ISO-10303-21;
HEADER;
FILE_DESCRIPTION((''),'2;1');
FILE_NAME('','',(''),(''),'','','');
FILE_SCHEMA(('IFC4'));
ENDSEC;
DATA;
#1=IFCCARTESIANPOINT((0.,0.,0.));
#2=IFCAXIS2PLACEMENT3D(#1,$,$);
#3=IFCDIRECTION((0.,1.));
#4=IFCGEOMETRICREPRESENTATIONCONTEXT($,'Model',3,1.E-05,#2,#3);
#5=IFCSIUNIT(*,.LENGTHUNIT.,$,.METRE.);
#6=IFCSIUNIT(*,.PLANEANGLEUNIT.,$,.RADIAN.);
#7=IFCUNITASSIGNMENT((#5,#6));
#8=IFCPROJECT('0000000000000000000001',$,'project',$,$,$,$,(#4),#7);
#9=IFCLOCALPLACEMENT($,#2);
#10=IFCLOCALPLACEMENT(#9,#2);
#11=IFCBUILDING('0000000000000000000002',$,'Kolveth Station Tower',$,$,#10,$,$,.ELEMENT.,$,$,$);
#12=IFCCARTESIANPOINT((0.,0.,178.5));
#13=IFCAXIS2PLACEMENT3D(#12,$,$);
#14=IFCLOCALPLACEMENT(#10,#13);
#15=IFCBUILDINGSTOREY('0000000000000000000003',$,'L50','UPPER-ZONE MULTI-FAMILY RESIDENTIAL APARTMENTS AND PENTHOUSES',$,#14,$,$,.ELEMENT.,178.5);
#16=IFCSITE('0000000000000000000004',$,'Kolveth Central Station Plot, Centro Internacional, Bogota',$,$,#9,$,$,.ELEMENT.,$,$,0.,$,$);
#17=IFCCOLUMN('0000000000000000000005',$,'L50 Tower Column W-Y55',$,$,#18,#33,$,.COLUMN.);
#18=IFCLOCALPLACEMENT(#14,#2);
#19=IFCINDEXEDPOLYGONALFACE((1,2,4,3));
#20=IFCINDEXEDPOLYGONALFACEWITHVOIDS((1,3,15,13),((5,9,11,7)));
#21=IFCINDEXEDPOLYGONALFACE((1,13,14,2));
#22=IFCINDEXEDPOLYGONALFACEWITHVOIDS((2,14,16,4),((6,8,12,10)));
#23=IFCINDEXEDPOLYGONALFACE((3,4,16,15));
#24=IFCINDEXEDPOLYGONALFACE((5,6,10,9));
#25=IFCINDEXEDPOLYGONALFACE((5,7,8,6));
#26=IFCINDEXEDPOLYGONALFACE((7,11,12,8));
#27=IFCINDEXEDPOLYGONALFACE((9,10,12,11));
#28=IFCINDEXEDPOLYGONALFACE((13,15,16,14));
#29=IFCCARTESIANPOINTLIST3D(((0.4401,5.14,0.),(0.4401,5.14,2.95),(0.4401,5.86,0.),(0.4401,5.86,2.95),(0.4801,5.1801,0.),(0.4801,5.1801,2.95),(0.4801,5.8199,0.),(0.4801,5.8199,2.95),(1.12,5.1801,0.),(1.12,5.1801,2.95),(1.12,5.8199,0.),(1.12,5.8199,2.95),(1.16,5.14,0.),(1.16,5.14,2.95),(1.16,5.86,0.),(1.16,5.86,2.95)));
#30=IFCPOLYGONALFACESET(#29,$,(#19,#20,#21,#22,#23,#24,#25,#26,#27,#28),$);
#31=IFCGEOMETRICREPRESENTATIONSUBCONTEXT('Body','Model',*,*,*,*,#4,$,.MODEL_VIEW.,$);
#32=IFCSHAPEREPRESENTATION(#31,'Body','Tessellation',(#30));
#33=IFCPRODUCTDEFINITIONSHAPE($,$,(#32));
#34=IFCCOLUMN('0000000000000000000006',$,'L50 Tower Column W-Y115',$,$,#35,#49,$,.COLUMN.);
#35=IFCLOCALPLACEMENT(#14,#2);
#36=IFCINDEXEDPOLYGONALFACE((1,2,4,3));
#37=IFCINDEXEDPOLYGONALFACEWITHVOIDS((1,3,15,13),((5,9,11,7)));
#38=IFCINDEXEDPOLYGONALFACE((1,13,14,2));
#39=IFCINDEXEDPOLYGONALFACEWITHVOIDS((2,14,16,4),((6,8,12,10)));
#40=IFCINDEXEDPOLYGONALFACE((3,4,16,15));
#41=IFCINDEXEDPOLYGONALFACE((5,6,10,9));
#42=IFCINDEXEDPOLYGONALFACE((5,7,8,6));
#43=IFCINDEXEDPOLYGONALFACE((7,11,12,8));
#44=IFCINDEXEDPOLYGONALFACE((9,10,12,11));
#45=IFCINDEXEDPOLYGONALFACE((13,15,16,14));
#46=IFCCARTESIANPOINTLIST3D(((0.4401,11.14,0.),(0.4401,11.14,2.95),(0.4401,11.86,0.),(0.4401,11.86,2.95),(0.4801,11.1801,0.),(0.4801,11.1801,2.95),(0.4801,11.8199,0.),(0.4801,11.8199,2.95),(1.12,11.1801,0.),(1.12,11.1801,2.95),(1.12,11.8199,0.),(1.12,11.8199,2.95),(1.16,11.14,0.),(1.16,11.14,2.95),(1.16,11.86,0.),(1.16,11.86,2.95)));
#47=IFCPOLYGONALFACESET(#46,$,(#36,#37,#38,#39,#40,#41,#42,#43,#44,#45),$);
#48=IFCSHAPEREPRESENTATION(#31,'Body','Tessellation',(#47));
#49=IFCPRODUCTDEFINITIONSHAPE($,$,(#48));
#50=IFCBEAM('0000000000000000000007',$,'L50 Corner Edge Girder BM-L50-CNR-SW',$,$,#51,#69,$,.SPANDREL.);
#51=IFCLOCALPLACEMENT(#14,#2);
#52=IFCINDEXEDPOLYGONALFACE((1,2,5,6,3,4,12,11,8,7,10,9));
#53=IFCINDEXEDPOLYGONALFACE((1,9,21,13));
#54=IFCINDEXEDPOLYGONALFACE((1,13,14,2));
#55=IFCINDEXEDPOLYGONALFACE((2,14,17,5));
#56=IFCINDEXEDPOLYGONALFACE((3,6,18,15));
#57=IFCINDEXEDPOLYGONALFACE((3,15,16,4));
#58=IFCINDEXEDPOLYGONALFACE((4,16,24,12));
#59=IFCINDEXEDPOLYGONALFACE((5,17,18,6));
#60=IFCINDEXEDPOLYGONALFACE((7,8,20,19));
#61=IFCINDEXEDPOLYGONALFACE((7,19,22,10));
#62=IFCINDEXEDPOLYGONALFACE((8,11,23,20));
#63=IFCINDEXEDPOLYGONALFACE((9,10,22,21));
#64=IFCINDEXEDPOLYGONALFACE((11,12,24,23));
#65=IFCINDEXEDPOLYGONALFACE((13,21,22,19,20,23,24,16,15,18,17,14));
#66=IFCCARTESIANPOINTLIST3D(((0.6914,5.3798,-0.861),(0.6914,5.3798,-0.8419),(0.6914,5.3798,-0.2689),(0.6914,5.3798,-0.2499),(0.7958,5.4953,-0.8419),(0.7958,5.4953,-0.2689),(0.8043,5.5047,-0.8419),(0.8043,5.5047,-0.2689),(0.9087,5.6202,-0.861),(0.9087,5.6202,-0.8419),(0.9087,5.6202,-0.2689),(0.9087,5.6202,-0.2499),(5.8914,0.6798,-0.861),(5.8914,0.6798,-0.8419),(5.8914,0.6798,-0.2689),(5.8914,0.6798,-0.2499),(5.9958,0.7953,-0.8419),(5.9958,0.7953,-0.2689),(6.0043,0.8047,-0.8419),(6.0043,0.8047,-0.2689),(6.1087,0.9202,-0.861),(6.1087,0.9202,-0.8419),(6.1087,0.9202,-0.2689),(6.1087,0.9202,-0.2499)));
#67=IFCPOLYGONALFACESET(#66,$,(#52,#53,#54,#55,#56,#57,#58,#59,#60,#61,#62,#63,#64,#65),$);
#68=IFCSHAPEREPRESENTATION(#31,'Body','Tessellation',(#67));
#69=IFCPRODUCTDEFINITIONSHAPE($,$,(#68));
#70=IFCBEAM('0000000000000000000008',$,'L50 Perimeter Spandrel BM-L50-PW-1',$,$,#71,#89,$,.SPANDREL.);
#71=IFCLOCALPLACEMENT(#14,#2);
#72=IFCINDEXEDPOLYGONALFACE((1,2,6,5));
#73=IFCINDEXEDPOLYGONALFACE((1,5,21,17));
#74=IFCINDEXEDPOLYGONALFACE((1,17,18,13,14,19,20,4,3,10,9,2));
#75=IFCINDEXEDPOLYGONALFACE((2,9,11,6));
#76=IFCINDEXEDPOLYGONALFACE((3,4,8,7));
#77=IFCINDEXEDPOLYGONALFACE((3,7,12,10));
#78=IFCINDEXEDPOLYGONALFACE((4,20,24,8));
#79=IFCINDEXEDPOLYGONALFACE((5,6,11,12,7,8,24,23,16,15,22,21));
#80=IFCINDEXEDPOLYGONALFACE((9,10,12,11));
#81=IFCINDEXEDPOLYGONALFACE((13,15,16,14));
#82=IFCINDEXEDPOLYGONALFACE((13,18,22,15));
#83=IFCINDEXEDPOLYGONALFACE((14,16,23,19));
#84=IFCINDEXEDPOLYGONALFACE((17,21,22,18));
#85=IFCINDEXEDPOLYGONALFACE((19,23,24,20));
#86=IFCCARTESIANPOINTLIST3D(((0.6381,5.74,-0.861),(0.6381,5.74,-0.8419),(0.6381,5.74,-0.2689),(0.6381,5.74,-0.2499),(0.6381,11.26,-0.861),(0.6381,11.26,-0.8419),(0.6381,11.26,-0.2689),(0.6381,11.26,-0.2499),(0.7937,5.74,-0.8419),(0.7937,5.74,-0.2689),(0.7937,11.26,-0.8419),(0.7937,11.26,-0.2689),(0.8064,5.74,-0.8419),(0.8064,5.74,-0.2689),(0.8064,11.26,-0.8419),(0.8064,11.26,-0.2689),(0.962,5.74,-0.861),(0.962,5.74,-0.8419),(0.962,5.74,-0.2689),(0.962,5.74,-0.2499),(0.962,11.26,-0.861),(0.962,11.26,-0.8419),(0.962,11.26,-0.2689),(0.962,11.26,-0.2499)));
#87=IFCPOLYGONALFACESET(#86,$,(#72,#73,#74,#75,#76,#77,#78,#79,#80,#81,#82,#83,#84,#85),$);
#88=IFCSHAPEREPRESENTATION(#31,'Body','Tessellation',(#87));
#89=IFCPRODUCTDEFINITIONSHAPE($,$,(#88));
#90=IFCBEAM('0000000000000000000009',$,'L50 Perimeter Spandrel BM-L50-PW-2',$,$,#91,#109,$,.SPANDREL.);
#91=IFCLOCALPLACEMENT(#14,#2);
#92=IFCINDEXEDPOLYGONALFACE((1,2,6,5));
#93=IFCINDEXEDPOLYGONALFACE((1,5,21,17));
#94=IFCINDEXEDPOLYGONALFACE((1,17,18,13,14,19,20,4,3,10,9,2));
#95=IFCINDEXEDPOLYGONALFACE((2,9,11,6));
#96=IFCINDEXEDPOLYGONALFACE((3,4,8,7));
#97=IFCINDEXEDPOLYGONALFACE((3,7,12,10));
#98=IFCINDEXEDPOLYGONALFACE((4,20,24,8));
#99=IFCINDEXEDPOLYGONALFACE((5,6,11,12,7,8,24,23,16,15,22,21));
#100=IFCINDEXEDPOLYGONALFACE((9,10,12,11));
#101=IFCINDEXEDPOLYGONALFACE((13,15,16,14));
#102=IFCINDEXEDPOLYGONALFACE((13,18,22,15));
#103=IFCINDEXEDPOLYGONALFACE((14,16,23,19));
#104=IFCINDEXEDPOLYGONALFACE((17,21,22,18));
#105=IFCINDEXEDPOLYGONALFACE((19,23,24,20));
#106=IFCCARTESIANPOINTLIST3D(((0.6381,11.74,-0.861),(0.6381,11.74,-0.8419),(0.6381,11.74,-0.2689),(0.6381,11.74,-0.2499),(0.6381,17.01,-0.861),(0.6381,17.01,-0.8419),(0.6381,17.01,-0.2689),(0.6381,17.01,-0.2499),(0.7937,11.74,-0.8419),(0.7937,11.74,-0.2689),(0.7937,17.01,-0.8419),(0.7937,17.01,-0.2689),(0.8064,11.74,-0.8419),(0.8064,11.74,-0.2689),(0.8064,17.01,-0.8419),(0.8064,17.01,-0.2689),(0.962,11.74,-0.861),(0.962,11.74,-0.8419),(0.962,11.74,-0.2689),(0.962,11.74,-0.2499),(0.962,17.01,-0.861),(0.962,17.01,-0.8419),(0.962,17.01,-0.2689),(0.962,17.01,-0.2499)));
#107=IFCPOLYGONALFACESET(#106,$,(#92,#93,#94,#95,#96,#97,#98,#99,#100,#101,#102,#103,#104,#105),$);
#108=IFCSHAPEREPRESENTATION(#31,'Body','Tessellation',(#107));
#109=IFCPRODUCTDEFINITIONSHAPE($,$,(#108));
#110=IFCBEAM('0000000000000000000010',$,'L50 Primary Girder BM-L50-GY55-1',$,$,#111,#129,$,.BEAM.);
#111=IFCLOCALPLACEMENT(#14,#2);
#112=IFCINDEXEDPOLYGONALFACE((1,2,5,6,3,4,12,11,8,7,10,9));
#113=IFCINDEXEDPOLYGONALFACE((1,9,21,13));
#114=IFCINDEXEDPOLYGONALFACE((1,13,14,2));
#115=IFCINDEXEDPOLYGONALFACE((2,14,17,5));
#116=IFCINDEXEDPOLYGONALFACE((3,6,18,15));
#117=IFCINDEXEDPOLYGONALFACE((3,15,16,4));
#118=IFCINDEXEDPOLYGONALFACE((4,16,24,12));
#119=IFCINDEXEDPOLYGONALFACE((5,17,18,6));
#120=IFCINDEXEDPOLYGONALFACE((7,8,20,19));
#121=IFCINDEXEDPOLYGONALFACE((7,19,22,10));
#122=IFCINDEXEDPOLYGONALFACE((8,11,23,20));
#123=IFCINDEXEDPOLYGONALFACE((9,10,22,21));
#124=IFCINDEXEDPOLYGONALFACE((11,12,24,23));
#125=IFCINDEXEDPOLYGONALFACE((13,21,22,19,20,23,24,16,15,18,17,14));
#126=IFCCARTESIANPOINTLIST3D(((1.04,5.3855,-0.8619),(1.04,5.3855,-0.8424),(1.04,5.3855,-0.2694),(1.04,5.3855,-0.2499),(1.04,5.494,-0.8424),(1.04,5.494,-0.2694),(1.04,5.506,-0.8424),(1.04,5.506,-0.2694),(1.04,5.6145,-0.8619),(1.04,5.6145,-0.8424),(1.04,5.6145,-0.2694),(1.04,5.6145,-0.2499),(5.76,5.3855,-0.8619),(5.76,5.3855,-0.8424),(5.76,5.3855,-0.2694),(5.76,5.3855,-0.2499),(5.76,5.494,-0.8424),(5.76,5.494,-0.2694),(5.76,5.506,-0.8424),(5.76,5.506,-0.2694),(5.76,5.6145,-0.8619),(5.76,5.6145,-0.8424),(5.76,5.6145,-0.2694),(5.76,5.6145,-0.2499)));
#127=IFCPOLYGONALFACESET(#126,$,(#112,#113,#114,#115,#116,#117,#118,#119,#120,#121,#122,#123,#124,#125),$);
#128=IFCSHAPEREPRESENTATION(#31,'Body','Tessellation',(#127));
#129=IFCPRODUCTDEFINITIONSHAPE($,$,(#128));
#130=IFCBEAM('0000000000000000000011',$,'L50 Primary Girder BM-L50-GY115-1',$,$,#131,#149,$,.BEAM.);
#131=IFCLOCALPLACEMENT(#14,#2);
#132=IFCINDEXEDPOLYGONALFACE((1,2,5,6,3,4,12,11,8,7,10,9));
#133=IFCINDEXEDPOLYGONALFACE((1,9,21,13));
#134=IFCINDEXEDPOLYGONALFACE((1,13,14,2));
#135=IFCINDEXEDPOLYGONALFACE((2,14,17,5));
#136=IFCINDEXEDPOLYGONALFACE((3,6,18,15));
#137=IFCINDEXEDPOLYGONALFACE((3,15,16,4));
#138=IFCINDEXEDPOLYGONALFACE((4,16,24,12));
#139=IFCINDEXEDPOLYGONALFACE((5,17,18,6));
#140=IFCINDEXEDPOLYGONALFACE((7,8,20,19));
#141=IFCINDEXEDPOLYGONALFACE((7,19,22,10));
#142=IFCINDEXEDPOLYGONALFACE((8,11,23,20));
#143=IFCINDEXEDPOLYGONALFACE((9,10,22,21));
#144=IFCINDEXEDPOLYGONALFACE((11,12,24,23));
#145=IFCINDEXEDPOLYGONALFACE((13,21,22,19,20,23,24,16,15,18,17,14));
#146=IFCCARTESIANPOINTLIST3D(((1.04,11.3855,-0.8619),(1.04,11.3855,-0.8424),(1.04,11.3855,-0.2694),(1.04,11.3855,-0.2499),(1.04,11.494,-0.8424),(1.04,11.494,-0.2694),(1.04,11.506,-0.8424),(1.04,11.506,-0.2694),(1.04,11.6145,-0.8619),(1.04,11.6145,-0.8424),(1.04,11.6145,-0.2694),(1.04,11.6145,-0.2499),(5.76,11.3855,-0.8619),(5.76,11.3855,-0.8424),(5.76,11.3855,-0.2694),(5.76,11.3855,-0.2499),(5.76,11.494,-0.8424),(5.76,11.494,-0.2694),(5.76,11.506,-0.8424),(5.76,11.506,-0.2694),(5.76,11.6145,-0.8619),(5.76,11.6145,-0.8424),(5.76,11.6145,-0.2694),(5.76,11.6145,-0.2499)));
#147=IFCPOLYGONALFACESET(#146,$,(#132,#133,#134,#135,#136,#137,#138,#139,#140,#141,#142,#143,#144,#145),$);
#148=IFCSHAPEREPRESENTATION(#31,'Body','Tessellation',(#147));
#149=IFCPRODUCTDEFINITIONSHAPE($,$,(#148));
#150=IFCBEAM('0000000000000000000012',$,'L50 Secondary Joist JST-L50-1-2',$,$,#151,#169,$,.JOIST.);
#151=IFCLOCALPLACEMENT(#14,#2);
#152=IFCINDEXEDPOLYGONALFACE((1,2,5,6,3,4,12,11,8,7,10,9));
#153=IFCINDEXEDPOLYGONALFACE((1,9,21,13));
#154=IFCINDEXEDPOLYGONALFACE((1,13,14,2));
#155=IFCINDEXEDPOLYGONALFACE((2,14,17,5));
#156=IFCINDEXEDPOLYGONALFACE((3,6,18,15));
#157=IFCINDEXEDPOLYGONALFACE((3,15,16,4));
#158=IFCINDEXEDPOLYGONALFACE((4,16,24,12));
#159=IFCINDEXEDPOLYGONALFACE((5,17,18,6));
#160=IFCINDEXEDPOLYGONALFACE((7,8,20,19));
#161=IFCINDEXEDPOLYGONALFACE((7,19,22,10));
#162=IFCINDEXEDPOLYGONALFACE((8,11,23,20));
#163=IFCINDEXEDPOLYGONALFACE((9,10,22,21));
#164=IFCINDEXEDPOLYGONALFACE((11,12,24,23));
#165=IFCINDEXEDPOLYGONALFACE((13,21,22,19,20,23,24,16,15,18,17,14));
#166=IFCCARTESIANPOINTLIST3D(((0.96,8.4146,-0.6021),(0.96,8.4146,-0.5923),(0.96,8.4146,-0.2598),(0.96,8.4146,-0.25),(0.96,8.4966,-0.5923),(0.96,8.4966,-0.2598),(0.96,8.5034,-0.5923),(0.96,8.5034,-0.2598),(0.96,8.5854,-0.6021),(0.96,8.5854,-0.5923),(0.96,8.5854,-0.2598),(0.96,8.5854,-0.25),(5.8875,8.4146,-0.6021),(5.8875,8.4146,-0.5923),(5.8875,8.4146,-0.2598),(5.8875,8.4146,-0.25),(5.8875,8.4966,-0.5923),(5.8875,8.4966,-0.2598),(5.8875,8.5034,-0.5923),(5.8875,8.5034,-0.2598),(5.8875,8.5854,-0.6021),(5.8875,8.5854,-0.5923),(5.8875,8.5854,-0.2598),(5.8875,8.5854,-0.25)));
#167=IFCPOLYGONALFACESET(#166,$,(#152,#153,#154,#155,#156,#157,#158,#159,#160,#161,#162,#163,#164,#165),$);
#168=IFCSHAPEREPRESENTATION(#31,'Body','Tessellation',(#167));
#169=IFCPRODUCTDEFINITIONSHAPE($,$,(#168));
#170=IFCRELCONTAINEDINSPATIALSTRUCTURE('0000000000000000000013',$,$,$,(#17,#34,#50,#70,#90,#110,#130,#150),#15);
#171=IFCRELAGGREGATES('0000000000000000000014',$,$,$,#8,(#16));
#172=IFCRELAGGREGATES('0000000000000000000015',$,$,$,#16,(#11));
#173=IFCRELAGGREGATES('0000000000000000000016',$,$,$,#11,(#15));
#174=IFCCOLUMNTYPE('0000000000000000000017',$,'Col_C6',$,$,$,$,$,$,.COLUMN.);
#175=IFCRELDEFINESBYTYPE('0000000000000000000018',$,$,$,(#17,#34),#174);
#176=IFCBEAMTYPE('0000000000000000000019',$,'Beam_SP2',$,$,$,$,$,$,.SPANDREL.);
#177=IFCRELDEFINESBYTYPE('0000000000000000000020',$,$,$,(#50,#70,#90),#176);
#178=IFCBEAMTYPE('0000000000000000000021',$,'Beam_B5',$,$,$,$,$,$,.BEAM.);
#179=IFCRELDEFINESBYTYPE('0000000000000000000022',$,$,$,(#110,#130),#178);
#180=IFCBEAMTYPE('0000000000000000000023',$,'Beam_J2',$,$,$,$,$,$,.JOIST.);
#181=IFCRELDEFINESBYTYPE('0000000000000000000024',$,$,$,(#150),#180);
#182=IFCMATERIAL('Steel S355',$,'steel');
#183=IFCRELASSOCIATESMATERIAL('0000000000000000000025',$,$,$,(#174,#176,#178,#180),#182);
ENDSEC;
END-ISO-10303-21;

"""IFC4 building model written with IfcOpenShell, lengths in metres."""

from ifc_helpers import new_model, si_unit, direction, frame, origin, origin_2d, place, context, subcontext, project, spatial, hollow_rectangle, i_section, extrude, source, transform, mapped, material, material_profile, profile_set, type_object, element, save


model = new_model("IFC4")

# Units and contexts
model_context = context("Model", 3, precision=1e-05, world=origin(), true_north=direction((0.0, 1.0)))
body_context = subcontext(model_context, "Body", "Model", "MODEL_VIEW")
ifc_project = project(units=[si_unit("LENGTHUNIT", "METRE"), si_unit("PLANEANGLEUNIT", "RADIAN")], contexts=[model_context])

# Site, building, storey
site_placement = place(None, origin())
site = spatial("IfcSite", under=ifc_project, at=site_placement, Name="Kolveth Central Station Plot, Centro Internacional, Bogota", CompositionType="ELEMENT", RefElevation=0.0)
building_placement = place(site_placement, origin())
building = spatial("IfcBuilding", under=site, at=building_placement, Name="Kolveth Station Tower", CompositionType="ELEMENT")
storey_placement = place(building_placement, frame((0.0, 0.0, 178.5)))
storey = spatial("IfcBuildingStorey", under=building, at=storey_placement, Name="L50", Description="UPPER-ZONE MULTI-FAMILY RESIDENTIAL APARTMENTS AND PENTHOUSES", CompositionType="ELEMENT", Elevation=178.5)

# Columns
ifc_material_1 = material(Name="Steel S355", Category="steel")
ifc_material_profile_1 = material_profile(ifc_material_1, hollow_rectangle(XDim=0.72, YDim=0.72, WallThickness=0.04, at=origin_2d()), Name="BOX720x720x40")
ifc_profile_set_1 = profile_set([ifc_material_profile_1], Name="Steel S355")
column_type = type_object("IfcColumnType", Name="Col_C6", PredefinedType="COLUMN", material=ifc_profile_set_1)
shared_shape_1 = source(origin(), body_context, "Body", "SweptSolid", [
    extrude(hollow_rectangle(XDim=0.72, YDim=0.72, WallThickness=0.04, at=origin_2d()), origin(), (0.0, 0.0, 1.0), 2.95),
])
for number, where, z_axis, x_axis, name in (
    (1, (0.8, 5.5, 0.0), (0.0, 0.0, 1.0), (1.0, 0.0, 0.0), "L50 Tower Column W-Y55"),
    (2, (0.8, 11.5, 0.0), (0.0, 0.0, 1.0), (1.0, 0.0, 0.0), "L50 Tower Column W-Y115"),
):
    element("IfcColumn", number, at=place(storey_placement, frame(where, z_axis=z_axis, x_axis=x_axis)), inside=storey, type_object=column_type, Name=name, PredefinedType="COLUMN", context=body_context, shape_type="MappedRepresentation", body=[
        mapped(shared_shape_1, transform((0.0, 0.0, 0.0), x_axis=(1.0, 0.0, 0.0), y_axis=(0.0, 1.0, 0.0), z_axis=(0.0, 0.0, 1.0), scale=1.0)),
    ])

# Beams
ifc_material_profile_2 = material_profile(ifc_material_1, i_section(OverallWidth=0.324, OverallDepth=0.6111, WebThickness=0.0127, FlangeThickness=0.019, at=origin_2d()), Name="W610x155")
ifc_profile_set_2 = profile_set([ifc_material_profile_2], Name="Steel S355")
beam_type_1 = type_object("IfcBeamType", Name="Beam_SP2", PredefinedType="SPANDREL", material=ifc_profile_set_2)
shared_shape_2 = source(origin(), body_context, "Body", "SweptSolid", [
    extrude(i_section(OverallWidth=0.324, OverallDepth=0.6111, WebThickness=0.0127, FlangeThickness=0.019, at=origin_2d()), origin(), (0.0, 0.0, 1.0), 7.0093),
])
beam_1_placement = place(storey_placement, frame((0.8, 5.5, -0.5554), z_axis=(0.741874, -0.670539, 0.0), x_axis=(0.670539, 0.741874, 0.0)))
element("IfcBeam", 3, at=beam_1_placement, inside=storey, type_object=beam_type_1, Name="L50 Corner Edge Girder BM-L50-CNR-SW", PredefinedType="SPANDREL", context=body_context, shape_type="MappedRepresentation", body=[
    mapped(shared_shape_2, transform((0.0, 0.0, 0.0), x_axis=(1.0, 0.0, 0.0), y_axis=(0.0, 1.0, 0.0), z_axis=(0.0, 0.0, 1.0), scale=1.0)),
])
shared_shape_3 = source(origin(), body_context, "Body", "SweptSolid", [
    extrude(i_section(OverallWidth=0.324, OverallDepth=0.6111, WebThickness=0.0127, FlangeThickness=0.019, at=origin_2d()), origin(), (0.0, 0.0, 1.0), 5.52),
])
beam_2_placement = place(storey_placement, frame((0.8, 5.74, -0.5554), z_axis=(0.0, 1.0, 0.0), x_axis=(-1.0, 0.0, 0.0)))
element("IfcBeam", 4, at=beam_2_placement, inside=storey, type_object=beam_type_1, Name="L50 Perimeter Spandrel BM-L50-PW-1", PredefinedType="SPANDREL", context=body_context, shape_type="MappedRepresentation", body=[
    mapped(shared_shape_3, transform((0.0, 0.0, 0.0), x_axis=(1.0, 0.0, 0.0), y_axis=(0.0, 1.0, 0.0), z_axis=(0.0, 0.0, 1.0), scale=1.0)),
])
shared_shape_4 = source(origin(), body_context, "Body", "SweptSolid", [
    extrude(i_section(OverallWidth=0.324, OverallDepth=0.6111, WebThickness=0.0127, FlangeThickness=0.019, at=origin_2d()), origin(), (0.0, 0.0, 1.0), 5.27),
])
beam_3_placement = place(storey_placement, frame((0.8, 11.74, -0.5554), z_axis=(0.0, 1.0, 0.0), x_axis=(-1.0, 0.0, 0.0)))
element("IfcBeam", 5, at=beam_3_placement, inside=storey, type_object=beam_type_1, Name="L50 Perimeter Spandrel BM-L50-PW-2", PredefinedType="SPANDREL", context=body_context, shape_type="MappedRepresentation", body=[
    mapped(shared_shape_4, transform((0.0, 0.0, 0.0), x_axis=(1.0, 0.0, 0.0), y_axis=(0.0, 1.0, 0.0), z_axis=(0.0, 0.0, 1.0), scale=1.0)),
])
ifc_material_profile_3 = material_profile(ifc_material_1, i_section(OverallWidth=0.229, OverallDepth=0.6121, WebThickness=0.012, FlangeThickness=0.0195, at=origin_2d()), Name="W610x125")
ifc_profile_set_3 = profile_set([ifc_material_profile_3], Name="Steel S355")
beam_type_2 = type_object("IfcBeamType", Name="Beam_B5", PredefinedType="BEAM", material=ifc_profile_set_3)
shared_shape_5 = source(origin(), body_context, "Body", "SweptSolid", [
    extrude(i_section(OverallWidth=0.229, OverallDepth=0.6121, WebThickness=0.012, FlangeThickness=0.0195, at=origin_2d()), origin(), (0.0, 0.0, 1.0), 4.72),
])
for number, where, z_axis, x_axis, name in (
    (6, (1.04, 5.5, -0.5559), (1.0, 0.0, 0.0), (0.0, 1.0, 0.0), "L50 Primary Girder BM-L50-GY55-1"),
    (7, (1.04, 11.5, -0.5559), (1.0, 0.0, 0.0), (0.0, 1.0, 0.0), "L50 Primary Girder BM-L50-GY115-1"),
):
    element("IfcBeam", number, at=place(storey_placement, frame(where, z_axis=z_axis, x_axis=x_axis)), inside=storey, type_object=beam_type_2, Name=name, PredefinedType="BEAM", context=body_context, shape_type="MappedRepresentation", body=[
        mapped(shared_shape_5, transform((0.0, 0.0, 0.0), x_axis=(1.0, 0.0, 0.0), y_axis=(0.0, 1.0, 0.0), z_axis=(0.0, 0.0, 1.0), scale=1.0)),
    ])
ifc_material_profile_4 = material_profile(ifc_material_1, i_section(OverallWidth=0.1709, OverallDepth=0.3521, WebThickness=0.0068, FlangeThickness=0.0098, at=origin_2d()), Name="W360x44")
ifc_profile_set_4 = profile_set([ifc_material_profile_4], Name="Steel S355")
beam_type_3 = type_object("IfcBeamType", Name="Beam_J2", PredefinedType="JOIST", material=ifc_profile_set_4)
shared_shape_6 = source(origin(), body_context, "Body", "SweptSolid", [
    extrude(i_section(OverallWidth=0.1709, OverallDepth=0.3521, WebThickness=0.0068, FlangeThickness=0.0098, at=origin_2d()), origin(), (0.0, 0.0, 1.0), 4.9275),
])
beam_4_placement = place(storey_placement, frame((0.96, 8.5, -0.426), z_axis=(1.0, 0.0, 0.0), x_axis=(0.0, 1.0, 0.0)))
element("IfcBeam", 8, at=beam_4_placement, inside=storey, type_object=beam_type_3, Name="L50 Secondary Joist JST-L50-1-2", PredefinedType="JOIST", context=body_context, shape_type="MappedRepresentation", body=[
    mapped(shared_shape_6, transform((0.0, 0.0, 0.0), x_axis=(1.0, 0.0, 0.0), y_axis=(0.0, 1.0, 0.0), z_axis=(0.0, 0.0, 1.0), scale=1.0)),
])

save(model, "model.ifc")
